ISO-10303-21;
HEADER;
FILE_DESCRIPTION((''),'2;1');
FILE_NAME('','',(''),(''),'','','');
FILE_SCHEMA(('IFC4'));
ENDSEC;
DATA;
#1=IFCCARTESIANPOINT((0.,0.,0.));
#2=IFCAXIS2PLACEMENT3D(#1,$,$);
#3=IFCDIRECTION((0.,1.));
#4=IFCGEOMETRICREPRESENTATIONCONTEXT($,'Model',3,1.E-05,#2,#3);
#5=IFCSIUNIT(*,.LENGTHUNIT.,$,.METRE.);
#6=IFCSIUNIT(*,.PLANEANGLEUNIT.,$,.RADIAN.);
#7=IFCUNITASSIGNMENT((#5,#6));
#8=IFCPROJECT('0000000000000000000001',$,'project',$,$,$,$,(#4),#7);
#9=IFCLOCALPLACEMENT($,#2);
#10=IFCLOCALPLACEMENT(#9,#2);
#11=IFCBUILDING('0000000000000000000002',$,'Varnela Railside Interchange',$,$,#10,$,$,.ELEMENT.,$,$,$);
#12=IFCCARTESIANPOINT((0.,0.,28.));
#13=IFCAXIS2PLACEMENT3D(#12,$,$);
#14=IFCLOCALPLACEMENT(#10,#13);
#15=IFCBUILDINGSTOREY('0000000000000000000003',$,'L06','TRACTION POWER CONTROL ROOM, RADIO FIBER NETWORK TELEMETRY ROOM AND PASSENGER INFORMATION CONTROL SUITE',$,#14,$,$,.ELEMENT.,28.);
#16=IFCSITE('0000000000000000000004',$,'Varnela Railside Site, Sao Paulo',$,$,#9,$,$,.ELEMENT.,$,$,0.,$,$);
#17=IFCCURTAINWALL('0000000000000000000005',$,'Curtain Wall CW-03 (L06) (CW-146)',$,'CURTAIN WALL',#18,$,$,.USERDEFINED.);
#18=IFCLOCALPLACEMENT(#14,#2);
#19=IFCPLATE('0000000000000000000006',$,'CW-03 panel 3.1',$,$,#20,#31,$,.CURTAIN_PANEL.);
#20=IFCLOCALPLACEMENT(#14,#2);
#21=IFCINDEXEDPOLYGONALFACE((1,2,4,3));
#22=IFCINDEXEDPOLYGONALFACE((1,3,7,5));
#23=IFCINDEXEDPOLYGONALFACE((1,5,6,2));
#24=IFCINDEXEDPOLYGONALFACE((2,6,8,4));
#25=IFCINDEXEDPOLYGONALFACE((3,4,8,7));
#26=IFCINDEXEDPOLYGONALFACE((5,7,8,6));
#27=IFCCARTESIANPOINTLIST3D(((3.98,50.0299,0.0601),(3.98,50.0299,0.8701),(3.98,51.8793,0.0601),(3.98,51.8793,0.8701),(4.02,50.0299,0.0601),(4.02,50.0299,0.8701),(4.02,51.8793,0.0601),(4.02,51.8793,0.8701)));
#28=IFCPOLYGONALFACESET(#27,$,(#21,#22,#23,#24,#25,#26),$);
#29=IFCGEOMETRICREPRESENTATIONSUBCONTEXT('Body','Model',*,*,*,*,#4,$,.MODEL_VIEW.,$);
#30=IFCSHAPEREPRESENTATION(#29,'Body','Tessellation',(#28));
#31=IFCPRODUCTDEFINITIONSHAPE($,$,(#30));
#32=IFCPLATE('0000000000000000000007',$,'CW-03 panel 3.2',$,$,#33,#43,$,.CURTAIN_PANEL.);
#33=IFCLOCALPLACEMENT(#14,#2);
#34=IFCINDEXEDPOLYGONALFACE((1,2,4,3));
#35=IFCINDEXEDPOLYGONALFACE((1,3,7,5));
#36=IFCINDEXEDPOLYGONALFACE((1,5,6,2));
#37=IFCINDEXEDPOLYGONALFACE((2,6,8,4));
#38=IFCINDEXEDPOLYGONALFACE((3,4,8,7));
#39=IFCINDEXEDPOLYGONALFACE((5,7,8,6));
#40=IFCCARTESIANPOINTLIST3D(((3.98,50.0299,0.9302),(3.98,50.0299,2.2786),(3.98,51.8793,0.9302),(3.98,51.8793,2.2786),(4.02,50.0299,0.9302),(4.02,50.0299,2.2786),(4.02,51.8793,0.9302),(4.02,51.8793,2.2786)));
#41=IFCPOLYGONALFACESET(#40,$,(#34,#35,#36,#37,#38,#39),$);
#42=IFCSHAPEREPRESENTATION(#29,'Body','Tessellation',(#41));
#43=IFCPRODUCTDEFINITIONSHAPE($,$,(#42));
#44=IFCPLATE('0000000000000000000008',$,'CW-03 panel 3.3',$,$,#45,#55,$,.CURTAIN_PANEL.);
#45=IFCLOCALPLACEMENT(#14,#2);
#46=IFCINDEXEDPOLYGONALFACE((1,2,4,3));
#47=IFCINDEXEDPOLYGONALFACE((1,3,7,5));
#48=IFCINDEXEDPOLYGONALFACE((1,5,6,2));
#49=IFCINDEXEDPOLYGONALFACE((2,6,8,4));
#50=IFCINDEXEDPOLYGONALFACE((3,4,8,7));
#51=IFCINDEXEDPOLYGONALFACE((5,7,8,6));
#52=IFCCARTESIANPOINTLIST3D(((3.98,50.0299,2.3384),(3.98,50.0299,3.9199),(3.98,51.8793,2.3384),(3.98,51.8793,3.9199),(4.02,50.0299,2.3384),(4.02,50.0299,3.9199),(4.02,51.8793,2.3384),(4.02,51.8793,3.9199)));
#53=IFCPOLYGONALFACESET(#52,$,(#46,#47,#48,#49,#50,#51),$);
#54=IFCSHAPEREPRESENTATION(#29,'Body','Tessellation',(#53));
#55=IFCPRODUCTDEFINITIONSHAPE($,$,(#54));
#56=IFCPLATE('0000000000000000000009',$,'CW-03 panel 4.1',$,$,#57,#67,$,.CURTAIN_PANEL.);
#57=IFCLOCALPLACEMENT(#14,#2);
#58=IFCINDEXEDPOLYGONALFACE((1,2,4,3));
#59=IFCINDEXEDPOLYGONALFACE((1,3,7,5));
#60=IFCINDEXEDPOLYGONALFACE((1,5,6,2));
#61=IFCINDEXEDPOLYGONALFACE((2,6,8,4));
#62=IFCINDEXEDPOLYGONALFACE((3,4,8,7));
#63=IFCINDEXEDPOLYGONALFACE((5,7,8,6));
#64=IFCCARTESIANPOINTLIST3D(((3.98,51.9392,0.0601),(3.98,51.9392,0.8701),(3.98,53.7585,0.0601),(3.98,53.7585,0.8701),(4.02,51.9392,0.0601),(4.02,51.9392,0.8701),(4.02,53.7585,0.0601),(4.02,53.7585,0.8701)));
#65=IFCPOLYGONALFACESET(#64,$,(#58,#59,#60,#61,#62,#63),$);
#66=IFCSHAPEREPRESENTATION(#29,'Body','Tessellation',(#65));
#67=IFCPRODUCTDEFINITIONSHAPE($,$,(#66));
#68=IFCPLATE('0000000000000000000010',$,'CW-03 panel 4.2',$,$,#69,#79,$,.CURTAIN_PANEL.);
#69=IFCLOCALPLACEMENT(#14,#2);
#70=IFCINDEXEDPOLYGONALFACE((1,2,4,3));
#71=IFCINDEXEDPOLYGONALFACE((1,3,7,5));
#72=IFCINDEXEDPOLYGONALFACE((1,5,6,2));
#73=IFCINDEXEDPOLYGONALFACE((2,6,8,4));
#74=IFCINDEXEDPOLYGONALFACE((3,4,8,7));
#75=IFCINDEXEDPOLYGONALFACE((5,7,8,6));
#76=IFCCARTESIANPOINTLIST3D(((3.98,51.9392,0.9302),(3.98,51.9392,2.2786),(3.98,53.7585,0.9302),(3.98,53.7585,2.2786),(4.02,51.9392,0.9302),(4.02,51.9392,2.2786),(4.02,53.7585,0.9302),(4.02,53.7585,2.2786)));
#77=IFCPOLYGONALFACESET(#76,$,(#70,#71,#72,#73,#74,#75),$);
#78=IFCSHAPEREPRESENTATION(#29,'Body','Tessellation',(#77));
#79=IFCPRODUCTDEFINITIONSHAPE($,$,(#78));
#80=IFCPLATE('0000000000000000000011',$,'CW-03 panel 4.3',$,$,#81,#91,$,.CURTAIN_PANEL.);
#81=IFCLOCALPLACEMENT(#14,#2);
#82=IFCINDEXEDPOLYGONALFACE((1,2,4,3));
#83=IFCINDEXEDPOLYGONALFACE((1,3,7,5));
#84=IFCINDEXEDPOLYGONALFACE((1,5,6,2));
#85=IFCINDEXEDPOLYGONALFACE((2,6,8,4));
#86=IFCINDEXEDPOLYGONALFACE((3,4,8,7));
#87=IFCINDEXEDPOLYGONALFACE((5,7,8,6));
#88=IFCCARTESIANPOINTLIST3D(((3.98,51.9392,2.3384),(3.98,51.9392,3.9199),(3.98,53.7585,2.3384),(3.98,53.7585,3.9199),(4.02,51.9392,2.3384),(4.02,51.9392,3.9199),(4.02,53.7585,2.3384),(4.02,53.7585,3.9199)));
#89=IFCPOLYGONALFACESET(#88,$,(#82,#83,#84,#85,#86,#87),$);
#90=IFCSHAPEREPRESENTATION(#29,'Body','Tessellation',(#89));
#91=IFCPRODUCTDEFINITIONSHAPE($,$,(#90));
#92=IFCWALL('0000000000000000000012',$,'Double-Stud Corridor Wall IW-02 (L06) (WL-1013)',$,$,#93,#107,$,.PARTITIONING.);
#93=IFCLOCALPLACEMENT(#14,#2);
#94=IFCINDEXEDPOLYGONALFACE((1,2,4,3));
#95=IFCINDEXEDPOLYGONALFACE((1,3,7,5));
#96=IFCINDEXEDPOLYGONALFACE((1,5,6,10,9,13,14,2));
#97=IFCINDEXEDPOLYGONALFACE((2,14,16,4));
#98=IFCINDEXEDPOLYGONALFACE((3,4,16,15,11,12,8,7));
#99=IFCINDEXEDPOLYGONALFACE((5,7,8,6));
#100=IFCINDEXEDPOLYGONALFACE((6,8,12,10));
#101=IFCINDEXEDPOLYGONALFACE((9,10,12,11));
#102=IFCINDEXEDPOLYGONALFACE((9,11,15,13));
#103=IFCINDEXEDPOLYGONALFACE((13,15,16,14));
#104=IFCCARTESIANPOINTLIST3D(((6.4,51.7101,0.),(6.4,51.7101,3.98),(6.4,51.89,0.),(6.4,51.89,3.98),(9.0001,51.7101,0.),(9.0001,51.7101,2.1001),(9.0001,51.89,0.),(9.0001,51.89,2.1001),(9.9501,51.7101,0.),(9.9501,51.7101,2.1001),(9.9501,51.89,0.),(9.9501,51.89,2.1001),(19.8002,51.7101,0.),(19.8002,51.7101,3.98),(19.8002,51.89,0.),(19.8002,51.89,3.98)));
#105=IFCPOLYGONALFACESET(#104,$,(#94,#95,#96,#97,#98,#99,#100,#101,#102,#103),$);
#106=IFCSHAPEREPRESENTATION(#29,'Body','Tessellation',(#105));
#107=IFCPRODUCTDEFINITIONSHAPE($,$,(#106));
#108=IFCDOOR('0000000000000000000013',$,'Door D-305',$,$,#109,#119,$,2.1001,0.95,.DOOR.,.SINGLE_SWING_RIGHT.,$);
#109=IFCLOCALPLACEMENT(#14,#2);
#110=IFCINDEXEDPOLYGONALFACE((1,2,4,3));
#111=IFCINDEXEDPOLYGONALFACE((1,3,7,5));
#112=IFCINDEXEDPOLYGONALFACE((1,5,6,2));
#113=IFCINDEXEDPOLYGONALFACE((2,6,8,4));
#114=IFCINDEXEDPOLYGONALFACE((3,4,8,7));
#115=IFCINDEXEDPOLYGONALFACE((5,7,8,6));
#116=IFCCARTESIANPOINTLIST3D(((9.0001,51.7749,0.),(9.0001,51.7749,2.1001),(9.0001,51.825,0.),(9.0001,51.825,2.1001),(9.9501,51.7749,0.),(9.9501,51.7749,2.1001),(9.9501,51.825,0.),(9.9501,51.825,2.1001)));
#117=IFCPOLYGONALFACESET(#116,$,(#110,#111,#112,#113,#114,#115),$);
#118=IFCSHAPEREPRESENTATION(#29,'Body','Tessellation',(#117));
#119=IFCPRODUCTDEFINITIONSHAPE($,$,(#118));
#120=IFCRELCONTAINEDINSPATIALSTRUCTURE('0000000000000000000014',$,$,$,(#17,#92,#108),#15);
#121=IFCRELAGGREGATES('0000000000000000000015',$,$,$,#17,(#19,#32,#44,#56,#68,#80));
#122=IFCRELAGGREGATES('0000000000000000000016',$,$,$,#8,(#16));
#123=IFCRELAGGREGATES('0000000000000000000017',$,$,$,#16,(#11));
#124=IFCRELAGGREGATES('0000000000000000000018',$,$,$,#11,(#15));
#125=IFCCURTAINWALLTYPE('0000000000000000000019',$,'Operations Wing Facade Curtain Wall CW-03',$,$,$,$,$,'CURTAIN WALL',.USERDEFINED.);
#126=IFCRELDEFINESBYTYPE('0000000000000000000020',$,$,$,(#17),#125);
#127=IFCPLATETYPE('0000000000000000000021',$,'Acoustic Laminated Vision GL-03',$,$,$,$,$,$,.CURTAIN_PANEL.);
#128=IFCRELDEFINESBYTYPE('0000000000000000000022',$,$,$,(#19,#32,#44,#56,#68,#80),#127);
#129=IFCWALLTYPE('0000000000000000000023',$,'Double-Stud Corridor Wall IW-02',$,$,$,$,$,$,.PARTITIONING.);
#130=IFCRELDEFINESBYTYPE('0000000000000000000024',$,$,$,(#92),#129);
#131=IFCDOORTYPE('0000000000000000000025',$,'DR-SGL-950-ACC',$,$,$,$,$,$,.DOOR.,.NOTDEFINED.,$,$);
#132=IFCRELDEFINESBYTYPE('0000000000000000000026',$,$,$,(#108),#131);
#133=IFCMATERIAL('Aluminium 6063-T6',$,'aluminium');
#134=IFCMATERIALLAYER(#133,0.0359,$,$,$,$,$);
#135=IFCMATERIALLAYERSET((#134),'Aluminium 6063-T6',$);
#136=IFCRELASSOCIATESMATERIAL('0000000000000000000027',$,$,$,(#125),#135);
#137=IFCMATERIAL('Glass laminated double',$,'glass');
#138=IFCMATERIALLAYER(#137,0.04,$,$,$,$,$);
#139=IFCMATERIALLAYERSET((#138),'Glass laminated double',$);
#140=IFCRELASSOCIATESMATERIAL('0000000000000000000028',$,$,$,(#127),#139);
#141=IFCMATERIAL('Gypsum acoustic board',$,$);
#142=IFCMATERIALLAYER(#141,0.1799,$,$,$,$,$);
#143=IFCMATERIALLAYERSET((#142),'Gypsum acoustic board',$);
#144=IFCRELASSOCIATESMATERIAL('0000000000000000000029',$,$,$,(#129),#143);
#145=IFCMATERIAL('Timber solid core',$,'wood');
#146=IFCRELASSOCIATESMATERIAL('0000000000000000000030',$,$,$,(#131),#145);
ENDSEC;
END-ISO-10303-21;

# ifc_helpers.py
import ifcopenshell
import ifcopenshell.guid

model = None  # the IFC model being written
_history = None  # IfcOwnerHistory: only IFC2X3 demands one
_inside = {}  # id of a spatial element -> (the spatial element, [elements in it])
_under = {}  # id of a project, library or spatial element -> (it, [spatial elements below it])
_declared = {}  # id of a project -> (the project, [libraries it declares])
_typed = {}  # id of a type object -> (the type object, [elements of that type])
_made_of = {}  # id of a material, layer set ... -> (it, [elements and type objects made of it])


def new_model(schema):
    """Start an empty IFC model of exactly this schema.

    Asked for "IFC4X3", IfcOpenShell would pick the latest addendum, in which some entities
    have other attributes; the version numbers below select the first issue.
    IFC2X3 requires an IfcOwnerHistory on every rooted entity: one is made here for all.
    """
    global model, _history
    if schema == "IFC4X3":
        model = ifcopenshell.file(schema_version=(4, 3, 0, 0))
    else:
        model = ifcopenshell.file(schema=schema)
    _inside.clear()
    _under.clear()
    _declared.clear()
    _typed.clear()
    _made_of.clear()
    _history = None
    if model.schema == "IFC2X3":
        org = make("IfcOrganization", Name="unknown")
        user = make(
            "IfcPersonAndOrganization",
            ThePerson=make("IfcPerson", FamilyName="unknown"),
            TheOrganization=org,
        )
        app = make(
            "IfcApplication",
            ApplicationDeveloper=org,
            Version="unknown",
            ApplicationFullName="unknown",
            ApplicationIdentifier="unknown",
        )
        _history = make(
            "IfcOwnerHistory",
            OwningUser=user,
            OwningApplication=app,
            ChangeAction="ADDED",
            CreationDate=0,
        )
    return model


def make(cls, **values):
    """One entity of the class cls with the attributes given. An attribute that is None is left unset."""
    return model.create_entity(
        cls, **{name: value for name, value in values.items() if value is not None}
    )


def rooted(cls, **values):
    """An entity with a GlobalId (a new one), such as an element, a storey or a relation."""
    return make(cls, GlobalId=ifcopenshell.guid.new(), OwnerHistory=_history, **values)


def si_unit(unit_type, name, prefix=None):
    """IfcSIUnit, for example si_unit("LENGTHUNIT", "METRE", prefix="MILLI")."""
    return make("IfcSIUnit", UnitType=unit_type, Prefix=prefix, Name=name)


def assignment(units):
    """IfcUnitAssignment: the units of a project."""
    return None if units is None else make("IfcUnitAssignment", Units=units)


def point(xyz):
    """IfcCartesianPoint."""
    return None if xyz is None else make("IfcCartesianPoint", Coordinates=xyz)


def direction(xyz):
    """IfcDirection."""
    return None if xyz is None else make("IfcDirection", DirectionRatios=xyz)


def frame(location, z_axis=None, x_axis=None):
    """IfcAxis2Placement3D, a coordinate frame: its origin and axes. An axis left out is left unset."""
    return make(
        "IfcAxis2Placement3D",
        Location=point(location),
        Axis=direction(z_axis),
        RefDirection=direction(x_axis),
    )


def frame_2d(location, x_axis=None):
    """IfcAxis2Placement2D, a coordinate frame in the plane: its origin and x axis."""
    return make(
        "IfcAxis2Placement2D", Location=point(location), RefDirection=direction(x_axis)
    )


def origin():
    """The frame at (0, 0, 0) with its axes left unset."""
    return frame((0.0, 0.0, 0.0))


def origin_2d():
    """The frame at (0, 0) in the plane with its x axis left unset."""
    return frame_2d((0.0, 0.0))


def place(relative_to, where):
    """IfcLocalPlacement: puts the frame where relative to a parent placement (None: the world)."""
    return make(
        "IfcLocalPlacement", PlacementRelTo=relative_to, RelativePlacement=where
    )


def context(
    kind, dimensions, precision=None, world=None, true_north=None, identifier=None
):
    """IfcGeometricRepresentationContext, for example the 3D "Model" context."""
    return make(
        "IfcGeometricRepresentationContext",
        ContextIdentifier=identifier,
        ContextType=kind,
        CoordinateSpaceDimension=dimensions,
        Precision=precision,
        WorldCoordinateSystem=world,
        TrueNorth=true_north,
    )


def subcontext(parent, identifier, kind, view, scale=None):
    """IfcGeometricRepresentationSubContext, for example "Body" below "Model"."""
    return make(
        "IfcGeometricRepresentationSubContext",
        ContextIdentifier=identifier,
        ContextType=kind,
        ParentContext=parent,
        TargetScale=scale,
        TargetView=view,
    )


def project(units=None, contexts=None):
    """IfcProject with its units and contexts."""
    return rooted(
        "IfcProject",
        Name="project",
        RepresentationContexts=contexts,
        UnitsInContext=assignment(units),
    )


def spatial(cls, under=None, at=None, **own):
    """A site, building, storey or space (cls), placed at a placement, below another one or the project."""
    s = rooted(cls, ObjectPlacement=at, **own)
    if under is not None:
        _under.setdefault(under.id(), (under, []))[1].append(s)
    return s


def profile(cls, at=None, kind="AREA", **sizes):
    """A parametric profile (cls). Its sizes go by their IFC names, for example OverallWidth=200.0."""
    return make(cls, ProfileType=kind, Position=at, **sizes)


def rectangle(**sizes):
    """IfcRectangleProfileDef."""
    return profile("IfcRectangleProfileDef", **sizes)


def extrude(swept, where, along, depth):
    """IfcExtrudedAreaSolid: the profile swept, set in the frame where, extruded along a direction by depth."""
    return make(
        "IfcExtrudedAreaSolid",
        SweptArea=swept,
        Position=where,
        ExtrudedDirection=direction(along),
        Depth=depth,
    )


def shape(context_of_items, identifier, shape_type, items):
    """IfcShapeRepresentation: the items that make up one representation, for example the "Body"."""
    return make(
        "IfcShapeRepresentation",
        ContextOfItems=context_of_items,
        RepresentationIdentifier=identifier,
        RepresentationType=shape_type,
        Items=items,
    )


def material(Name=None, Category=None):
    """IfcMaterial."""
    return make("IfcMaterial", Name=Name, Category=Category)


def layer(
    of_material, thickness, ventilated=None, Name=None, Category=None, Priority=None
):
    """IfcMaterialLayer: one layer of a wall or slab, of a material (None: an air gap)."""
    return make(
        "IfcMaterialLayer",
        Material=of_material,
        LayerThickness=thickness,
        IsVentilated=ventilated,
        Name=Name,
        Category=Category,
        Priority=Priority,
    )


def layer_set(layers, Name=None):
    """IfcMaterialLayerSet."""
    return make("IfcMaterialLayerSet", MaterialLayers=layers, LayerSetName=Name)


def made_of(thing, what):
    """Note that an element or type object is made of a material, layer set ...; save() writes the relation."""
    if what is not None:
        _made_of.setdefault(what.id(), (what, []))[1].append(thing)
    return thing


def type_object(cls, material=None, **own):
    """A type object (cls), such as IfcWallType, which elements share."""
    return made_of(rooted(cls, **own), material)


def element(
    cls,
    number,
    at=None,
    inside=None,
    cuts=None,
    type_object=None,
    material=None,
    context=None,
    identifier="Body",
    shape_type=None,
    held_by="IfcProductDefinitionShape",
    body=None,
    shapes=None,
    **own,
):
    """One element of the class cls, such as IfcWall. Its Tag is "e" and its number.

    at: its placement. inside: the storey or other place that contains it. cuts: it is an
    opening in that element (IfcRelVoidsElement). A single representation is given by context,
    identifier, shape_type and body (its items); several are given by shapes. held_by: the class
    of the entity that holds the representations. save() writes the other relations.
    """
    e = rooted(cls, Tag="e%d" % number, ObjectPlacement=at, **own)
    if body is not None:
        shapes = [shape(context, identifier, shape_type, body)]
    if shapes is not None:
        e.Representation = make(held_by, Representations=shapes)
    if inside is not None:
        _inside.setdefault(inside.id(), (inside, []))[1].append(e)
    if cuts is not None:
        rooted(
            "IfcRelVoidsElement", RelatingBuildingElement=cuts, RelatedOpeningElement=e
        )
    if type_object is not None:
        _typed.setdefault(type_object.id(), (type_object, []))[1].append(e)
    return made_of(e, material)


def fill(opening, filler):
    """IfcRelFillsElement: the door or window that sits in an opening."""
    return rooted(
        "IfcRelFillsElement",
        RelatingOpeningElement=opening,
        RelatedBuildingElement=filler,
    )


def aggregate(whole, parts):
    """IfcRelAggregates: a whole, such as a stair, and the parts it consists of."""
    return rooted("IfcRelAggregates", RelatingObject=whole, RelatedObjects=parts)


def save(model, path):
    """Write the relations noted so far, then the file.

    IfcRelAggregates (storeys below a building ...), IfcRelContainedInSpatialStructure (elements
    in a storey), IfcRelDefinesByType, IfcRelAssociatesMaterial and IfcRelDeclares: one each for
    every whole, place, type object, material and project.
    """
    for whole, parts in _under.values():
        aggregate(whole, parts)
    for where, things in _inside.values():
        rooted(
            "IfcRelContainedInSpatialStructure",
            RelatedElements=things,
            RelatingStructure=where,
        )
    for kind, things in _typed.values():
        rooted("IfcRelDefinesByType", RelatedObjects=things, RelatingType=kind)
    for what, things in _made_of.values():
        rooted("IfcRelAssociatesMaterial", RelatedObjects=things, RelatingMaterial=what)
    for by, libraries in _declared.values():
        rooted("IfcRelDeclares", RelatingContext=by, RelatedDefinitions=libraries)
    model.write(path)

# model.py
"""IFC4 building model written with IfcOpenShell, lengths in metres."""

from ifc_helpers import new_model, si_unit, direction, frame, frame_2d, origin, origin_2d, place, context, subcontext, project, spatial, rectangle, extrude, material, layer, layer_set, type_object, element, fill, aggregate, save


model = new_model("IFC4")

# Units and contexts
model_context = context("Model", 3, precision=1e-05, world=origin(), true_north=direction((0.0, 1.0)))
body_context = subcontext(model_context, "Body", "Model", "MODEL_VIEW")
ifc_project = project(units=[si_unit("LENGTHUNIT", "METRE"), si_unit("PLANEANGLEUNIT", "RADIAN")], contexts=[model_context])

# Site, building, storey
site_placement = place(None, origin())
site = spatial("IfcSite", under=ifc_project, at=site_placement, Name="Varnela Railside Site, Sao Paulo", CompositionType="ELEMENT", RefElevation=0.0)
building_placement = place(site_placement, origin())
building = spatial("IfcBuilding", under=site, at=building_placement, Name="Varnela Railside Interchange", CompositionType="ELEMENT")
storey_placement = place(building_placement, frame((0.0, 0.0, 28.0)))
storey = spatial("IfcBuildingStorey", under=building, at=storey_placement, Name="L06", Description="TRACTION POWER CONTROL ROOM, RADIO FIBER NETWORK TELEMETRY ROOM AND PASSENGER INFORMATION CONTROL SUITE", CompositionType="ELEMENT", Elevation=28.0)

# Curtain wall
ifc_material_1 = material(Name="Aluminium 6063-T6", Category="aluminium")
ifc_layer_1 = layer(ifc_material_1, 0.0359)
ifc_layer_set_1 = layer_set([ifc_layer_1], Name="Aluminium 6063-T6")
curtain_wall_type = type_object("IfcCurtainWallType", Name="Operations Wing Facade Curtain Wall CW-03", ElementType="CURTAIN WALL", PredefinedType="USERDEFINED", material=ifc_layer_set_1)
curtain_wall_placement = place(storey_placement, origin())
curtain_wall = element("IfcCurtainWall", 1, at=curtain_wall_placement, inside=storey, type_object=curtain_wall_type, Name="Curtain Wall CW-03 (L06) (CW-146)", ObjectType="CURTAIN WALL", PredefinedType="USERDEFINED")

# Plates
ifc_material_2 = material(Name="Glass laminated double", Category="glass")
ifc_layer_2 = layer(ifc_material_2, 0.04)
ifc_layer_set_2 = layer_set([ifc_layer_2], Name="Glass laminated double")
plate_type = type_object("IfcPlateType", Name="Acoustic Laminated Vision GL-03", PredefinedType="CURTAIN_PANEL", material=ifc_layer_set_2)
plate_1_placement = place(storey_placement, frame((4.0, 50.9546, 0.0601), z_axis=(0.0, 0.0, 1.0), x_axis=(0.0, 1.0, 0.0)))
plate_1 = element("IfcPlate", 2, at=plate_1_placement, type_object=plate_type, Name="CW-03 panel 3.1", PredefinedType="CURTAIN_PANEL", context=body_context, shape_type="SweptSolid", body=[
    extrude(rectangle(XDim=1.8494, YDim=0.04, at=origin_2d()), origin(), (0.0, 0.0, 1.0), 0.8101),
])
plate_2_placement = place(storey_placement, frame((4.0, 50.9546, 0.9302), z_axis=(0.0, 0.0, 1.0), x_axis=(0.0, 1.0, 0.0)))
plate_2 = element("IfcPlate", 3, at=plate_2_placement, type_object=plate_type, Name="CW-03 panel 3.2", PredefinedType="CURTAIN_PANEL", context=body_context, shape_type="SweptSolid", body=[
    extrude(rectangle(XDim=1.8494, YDim=0.04, at=origin_2d()), origin(), (0.0, 0.0, 1.0), 1.3484),
])
plate_3_placement = place(storey_placement, frame((4.0, 50.9546, 2.3384), z_axis=(0.0, 0.0, 1.0), x_axis=(0.0, 1.0, 0.0)))
plate_3 = element("IfcPlate", 4, at=plate_3_placement, type_object=plate_type, Name="CW-03 panel 3.3", PredefinedType="CURTAIN_PANEL", context=body_context, shape_type="SweptSolid", body=[
    extrude(rectangle(XDim=1.8494, YDim=0.04, at=origin_2d()), origin(), (0.0, 0.0, 1.0), 1.5815),
])
plate_4_placement = place(storey_placement, frame((4.0, 52.8489, 0.0601), z_axis=(0.0, 0.0, 1.0), x_axis=(0.0, 1.0, 0.0)))
plate_4 = element("IfcPlate", 5, at=plate_4_placement, type_object=plate_type, Name="CW-03 panel 4.1", PredefinedType="CURTAIN_PANEL", context=body_context, shape_type="SweptSolid", body=[
    extrude(rectangle(XDim=1.8193, YDim=0.04, at=origin_2d()), origin(), (0.0, 0.0, 1.0), 0.8101),
])
plate_5_placement = place(storey_placement, frame((4.0, 52.8489, 0.9302), z_axis=(0.0, 0.0, 1.0), x_axis=(0.0, 1.0, 0.0)))
plate_5 = element("IfcPlate", 6, at=plate_5_placement, type_object=plate_type, Name="CW-03 panel 4.2", PredefinedType="CURTAIN_PANEL", context=body_context, shape_type="SweptSolid", body=[
    extrude(rectangle(XDim=1.8193, YDim=0.04, at=origin_2d()), origin(), (0.0, 0.0, 1.0), 1.3484),
])
plate_6_placement = place(storey_placement, frame((4.0, 52.8489, 2.3384), z_axis=(0.0, 0.0, 1.0), x_axis=(0.0, 1.0, 0.0)))
plate_6 = element("IfcPlate", 7, at=plate_6_placement, type_object=plate_type, Name="CW-03 panel 4.3", PredefinedType="CURTAIN_PANEL", context=body_context, shape_type="SweptSolid", body=[
    extrude(rectangle(XDim=1.8193, YDim=0.04, at=origin_2d()), origin(), (0.0, 0.0, 1.0), 1.5815),
])
aggregate(curtain_wall, [plate_1, plate_2, plate_3, plate_4, plate_5, plate_6])

# Wall, opening, door
ifc_material_3 = material(Name="Gypsum acoustic board")
ifc_layer_3 = layer(ifc_material_3, 0.1799)
ifc_layer_set_3 = layer_set([ifc_layer_3], Name="Gypsum acoustic board")
wall_type = type_object("IfcWallType", Name="Double-Stud Corridor Wall IW-02", PredefinedType="PARTITIONING", material=ifc_layer_set_3)
wall_placement = place(storey_placement, frame((6.3999, 51.8, 0.0), z_axis=(0.0, 0.0, 1.0), x_axis=(1.0, 0.0, 0.0)))
wall = element("IfcWall", 8, at=wall_placement, inside=storey, type_object=wall_type, Name="Double-Stud Corridor Wall IW-02 (L06) (WL-1013)", PredefinedType="PARTITIONING", context=body_context, shape_type="SweptSolid", body=[
    extrude(rectangle(XDim=13.4001, YDim=0.1799, at=frame_2d((6.7002, 0.0))), origin(), (0.0, 0.0, 1.0), 3.98),
])
opening_placement = place(wall_placement, frame((2.6001, 0.0, 0.0)))
opening = element("IfcOpeningElement", 9, at=opening_placement, cuts=wall, PredefinedType="OPENING", context=body_context, shape_type="SweptSolid", body=[
    extrude(rectangle(XDim=0.95, YDim=2.1001, at=frame_2d((0.4751, 1.05))), frame((0.0, 0.0999, 0.0), z_axis=(0.0, -1.0, 0.0), x_axis=(1.0, 0.0, 0.0)), (0.0, 0.0, 1.0), 0.2),
])
ifc_material_4 = material(Name="Timber solid core", Category="wood")
door_type = type_object("IfcDoorType", Name="DR-SGL-950-ACC", OperationType="NOTDEFINED", PredefinedType="DOOR", material=ifc_material_4)
door_placement = place(opening_placement, origin())
door = element("IfcDoor", 10, at=door_placement, inside=storey, type_object=door_type, Name="Door D-305", OperationType="SINGLE_SWING_RIGHT", OverallHeight=2.1001, OverallWidth=0.95, PredefinedType="DOOR", context=body_context, shape_type="SweptSolid", body=[
    extrude(rectangle(XDim=0.95, YDim=2.1001, at=frame_2d((0.4751, 1.05))), frame((0.0, 0.0249, 0.0), z_axis=(0.0, -1.0, 0.0), x_axis=(1.0, 0.0, 0.0)), (0.0, 0.0, 1.0), 0.05),
])
fill(opening, door)

save(model, "model.ifc")
